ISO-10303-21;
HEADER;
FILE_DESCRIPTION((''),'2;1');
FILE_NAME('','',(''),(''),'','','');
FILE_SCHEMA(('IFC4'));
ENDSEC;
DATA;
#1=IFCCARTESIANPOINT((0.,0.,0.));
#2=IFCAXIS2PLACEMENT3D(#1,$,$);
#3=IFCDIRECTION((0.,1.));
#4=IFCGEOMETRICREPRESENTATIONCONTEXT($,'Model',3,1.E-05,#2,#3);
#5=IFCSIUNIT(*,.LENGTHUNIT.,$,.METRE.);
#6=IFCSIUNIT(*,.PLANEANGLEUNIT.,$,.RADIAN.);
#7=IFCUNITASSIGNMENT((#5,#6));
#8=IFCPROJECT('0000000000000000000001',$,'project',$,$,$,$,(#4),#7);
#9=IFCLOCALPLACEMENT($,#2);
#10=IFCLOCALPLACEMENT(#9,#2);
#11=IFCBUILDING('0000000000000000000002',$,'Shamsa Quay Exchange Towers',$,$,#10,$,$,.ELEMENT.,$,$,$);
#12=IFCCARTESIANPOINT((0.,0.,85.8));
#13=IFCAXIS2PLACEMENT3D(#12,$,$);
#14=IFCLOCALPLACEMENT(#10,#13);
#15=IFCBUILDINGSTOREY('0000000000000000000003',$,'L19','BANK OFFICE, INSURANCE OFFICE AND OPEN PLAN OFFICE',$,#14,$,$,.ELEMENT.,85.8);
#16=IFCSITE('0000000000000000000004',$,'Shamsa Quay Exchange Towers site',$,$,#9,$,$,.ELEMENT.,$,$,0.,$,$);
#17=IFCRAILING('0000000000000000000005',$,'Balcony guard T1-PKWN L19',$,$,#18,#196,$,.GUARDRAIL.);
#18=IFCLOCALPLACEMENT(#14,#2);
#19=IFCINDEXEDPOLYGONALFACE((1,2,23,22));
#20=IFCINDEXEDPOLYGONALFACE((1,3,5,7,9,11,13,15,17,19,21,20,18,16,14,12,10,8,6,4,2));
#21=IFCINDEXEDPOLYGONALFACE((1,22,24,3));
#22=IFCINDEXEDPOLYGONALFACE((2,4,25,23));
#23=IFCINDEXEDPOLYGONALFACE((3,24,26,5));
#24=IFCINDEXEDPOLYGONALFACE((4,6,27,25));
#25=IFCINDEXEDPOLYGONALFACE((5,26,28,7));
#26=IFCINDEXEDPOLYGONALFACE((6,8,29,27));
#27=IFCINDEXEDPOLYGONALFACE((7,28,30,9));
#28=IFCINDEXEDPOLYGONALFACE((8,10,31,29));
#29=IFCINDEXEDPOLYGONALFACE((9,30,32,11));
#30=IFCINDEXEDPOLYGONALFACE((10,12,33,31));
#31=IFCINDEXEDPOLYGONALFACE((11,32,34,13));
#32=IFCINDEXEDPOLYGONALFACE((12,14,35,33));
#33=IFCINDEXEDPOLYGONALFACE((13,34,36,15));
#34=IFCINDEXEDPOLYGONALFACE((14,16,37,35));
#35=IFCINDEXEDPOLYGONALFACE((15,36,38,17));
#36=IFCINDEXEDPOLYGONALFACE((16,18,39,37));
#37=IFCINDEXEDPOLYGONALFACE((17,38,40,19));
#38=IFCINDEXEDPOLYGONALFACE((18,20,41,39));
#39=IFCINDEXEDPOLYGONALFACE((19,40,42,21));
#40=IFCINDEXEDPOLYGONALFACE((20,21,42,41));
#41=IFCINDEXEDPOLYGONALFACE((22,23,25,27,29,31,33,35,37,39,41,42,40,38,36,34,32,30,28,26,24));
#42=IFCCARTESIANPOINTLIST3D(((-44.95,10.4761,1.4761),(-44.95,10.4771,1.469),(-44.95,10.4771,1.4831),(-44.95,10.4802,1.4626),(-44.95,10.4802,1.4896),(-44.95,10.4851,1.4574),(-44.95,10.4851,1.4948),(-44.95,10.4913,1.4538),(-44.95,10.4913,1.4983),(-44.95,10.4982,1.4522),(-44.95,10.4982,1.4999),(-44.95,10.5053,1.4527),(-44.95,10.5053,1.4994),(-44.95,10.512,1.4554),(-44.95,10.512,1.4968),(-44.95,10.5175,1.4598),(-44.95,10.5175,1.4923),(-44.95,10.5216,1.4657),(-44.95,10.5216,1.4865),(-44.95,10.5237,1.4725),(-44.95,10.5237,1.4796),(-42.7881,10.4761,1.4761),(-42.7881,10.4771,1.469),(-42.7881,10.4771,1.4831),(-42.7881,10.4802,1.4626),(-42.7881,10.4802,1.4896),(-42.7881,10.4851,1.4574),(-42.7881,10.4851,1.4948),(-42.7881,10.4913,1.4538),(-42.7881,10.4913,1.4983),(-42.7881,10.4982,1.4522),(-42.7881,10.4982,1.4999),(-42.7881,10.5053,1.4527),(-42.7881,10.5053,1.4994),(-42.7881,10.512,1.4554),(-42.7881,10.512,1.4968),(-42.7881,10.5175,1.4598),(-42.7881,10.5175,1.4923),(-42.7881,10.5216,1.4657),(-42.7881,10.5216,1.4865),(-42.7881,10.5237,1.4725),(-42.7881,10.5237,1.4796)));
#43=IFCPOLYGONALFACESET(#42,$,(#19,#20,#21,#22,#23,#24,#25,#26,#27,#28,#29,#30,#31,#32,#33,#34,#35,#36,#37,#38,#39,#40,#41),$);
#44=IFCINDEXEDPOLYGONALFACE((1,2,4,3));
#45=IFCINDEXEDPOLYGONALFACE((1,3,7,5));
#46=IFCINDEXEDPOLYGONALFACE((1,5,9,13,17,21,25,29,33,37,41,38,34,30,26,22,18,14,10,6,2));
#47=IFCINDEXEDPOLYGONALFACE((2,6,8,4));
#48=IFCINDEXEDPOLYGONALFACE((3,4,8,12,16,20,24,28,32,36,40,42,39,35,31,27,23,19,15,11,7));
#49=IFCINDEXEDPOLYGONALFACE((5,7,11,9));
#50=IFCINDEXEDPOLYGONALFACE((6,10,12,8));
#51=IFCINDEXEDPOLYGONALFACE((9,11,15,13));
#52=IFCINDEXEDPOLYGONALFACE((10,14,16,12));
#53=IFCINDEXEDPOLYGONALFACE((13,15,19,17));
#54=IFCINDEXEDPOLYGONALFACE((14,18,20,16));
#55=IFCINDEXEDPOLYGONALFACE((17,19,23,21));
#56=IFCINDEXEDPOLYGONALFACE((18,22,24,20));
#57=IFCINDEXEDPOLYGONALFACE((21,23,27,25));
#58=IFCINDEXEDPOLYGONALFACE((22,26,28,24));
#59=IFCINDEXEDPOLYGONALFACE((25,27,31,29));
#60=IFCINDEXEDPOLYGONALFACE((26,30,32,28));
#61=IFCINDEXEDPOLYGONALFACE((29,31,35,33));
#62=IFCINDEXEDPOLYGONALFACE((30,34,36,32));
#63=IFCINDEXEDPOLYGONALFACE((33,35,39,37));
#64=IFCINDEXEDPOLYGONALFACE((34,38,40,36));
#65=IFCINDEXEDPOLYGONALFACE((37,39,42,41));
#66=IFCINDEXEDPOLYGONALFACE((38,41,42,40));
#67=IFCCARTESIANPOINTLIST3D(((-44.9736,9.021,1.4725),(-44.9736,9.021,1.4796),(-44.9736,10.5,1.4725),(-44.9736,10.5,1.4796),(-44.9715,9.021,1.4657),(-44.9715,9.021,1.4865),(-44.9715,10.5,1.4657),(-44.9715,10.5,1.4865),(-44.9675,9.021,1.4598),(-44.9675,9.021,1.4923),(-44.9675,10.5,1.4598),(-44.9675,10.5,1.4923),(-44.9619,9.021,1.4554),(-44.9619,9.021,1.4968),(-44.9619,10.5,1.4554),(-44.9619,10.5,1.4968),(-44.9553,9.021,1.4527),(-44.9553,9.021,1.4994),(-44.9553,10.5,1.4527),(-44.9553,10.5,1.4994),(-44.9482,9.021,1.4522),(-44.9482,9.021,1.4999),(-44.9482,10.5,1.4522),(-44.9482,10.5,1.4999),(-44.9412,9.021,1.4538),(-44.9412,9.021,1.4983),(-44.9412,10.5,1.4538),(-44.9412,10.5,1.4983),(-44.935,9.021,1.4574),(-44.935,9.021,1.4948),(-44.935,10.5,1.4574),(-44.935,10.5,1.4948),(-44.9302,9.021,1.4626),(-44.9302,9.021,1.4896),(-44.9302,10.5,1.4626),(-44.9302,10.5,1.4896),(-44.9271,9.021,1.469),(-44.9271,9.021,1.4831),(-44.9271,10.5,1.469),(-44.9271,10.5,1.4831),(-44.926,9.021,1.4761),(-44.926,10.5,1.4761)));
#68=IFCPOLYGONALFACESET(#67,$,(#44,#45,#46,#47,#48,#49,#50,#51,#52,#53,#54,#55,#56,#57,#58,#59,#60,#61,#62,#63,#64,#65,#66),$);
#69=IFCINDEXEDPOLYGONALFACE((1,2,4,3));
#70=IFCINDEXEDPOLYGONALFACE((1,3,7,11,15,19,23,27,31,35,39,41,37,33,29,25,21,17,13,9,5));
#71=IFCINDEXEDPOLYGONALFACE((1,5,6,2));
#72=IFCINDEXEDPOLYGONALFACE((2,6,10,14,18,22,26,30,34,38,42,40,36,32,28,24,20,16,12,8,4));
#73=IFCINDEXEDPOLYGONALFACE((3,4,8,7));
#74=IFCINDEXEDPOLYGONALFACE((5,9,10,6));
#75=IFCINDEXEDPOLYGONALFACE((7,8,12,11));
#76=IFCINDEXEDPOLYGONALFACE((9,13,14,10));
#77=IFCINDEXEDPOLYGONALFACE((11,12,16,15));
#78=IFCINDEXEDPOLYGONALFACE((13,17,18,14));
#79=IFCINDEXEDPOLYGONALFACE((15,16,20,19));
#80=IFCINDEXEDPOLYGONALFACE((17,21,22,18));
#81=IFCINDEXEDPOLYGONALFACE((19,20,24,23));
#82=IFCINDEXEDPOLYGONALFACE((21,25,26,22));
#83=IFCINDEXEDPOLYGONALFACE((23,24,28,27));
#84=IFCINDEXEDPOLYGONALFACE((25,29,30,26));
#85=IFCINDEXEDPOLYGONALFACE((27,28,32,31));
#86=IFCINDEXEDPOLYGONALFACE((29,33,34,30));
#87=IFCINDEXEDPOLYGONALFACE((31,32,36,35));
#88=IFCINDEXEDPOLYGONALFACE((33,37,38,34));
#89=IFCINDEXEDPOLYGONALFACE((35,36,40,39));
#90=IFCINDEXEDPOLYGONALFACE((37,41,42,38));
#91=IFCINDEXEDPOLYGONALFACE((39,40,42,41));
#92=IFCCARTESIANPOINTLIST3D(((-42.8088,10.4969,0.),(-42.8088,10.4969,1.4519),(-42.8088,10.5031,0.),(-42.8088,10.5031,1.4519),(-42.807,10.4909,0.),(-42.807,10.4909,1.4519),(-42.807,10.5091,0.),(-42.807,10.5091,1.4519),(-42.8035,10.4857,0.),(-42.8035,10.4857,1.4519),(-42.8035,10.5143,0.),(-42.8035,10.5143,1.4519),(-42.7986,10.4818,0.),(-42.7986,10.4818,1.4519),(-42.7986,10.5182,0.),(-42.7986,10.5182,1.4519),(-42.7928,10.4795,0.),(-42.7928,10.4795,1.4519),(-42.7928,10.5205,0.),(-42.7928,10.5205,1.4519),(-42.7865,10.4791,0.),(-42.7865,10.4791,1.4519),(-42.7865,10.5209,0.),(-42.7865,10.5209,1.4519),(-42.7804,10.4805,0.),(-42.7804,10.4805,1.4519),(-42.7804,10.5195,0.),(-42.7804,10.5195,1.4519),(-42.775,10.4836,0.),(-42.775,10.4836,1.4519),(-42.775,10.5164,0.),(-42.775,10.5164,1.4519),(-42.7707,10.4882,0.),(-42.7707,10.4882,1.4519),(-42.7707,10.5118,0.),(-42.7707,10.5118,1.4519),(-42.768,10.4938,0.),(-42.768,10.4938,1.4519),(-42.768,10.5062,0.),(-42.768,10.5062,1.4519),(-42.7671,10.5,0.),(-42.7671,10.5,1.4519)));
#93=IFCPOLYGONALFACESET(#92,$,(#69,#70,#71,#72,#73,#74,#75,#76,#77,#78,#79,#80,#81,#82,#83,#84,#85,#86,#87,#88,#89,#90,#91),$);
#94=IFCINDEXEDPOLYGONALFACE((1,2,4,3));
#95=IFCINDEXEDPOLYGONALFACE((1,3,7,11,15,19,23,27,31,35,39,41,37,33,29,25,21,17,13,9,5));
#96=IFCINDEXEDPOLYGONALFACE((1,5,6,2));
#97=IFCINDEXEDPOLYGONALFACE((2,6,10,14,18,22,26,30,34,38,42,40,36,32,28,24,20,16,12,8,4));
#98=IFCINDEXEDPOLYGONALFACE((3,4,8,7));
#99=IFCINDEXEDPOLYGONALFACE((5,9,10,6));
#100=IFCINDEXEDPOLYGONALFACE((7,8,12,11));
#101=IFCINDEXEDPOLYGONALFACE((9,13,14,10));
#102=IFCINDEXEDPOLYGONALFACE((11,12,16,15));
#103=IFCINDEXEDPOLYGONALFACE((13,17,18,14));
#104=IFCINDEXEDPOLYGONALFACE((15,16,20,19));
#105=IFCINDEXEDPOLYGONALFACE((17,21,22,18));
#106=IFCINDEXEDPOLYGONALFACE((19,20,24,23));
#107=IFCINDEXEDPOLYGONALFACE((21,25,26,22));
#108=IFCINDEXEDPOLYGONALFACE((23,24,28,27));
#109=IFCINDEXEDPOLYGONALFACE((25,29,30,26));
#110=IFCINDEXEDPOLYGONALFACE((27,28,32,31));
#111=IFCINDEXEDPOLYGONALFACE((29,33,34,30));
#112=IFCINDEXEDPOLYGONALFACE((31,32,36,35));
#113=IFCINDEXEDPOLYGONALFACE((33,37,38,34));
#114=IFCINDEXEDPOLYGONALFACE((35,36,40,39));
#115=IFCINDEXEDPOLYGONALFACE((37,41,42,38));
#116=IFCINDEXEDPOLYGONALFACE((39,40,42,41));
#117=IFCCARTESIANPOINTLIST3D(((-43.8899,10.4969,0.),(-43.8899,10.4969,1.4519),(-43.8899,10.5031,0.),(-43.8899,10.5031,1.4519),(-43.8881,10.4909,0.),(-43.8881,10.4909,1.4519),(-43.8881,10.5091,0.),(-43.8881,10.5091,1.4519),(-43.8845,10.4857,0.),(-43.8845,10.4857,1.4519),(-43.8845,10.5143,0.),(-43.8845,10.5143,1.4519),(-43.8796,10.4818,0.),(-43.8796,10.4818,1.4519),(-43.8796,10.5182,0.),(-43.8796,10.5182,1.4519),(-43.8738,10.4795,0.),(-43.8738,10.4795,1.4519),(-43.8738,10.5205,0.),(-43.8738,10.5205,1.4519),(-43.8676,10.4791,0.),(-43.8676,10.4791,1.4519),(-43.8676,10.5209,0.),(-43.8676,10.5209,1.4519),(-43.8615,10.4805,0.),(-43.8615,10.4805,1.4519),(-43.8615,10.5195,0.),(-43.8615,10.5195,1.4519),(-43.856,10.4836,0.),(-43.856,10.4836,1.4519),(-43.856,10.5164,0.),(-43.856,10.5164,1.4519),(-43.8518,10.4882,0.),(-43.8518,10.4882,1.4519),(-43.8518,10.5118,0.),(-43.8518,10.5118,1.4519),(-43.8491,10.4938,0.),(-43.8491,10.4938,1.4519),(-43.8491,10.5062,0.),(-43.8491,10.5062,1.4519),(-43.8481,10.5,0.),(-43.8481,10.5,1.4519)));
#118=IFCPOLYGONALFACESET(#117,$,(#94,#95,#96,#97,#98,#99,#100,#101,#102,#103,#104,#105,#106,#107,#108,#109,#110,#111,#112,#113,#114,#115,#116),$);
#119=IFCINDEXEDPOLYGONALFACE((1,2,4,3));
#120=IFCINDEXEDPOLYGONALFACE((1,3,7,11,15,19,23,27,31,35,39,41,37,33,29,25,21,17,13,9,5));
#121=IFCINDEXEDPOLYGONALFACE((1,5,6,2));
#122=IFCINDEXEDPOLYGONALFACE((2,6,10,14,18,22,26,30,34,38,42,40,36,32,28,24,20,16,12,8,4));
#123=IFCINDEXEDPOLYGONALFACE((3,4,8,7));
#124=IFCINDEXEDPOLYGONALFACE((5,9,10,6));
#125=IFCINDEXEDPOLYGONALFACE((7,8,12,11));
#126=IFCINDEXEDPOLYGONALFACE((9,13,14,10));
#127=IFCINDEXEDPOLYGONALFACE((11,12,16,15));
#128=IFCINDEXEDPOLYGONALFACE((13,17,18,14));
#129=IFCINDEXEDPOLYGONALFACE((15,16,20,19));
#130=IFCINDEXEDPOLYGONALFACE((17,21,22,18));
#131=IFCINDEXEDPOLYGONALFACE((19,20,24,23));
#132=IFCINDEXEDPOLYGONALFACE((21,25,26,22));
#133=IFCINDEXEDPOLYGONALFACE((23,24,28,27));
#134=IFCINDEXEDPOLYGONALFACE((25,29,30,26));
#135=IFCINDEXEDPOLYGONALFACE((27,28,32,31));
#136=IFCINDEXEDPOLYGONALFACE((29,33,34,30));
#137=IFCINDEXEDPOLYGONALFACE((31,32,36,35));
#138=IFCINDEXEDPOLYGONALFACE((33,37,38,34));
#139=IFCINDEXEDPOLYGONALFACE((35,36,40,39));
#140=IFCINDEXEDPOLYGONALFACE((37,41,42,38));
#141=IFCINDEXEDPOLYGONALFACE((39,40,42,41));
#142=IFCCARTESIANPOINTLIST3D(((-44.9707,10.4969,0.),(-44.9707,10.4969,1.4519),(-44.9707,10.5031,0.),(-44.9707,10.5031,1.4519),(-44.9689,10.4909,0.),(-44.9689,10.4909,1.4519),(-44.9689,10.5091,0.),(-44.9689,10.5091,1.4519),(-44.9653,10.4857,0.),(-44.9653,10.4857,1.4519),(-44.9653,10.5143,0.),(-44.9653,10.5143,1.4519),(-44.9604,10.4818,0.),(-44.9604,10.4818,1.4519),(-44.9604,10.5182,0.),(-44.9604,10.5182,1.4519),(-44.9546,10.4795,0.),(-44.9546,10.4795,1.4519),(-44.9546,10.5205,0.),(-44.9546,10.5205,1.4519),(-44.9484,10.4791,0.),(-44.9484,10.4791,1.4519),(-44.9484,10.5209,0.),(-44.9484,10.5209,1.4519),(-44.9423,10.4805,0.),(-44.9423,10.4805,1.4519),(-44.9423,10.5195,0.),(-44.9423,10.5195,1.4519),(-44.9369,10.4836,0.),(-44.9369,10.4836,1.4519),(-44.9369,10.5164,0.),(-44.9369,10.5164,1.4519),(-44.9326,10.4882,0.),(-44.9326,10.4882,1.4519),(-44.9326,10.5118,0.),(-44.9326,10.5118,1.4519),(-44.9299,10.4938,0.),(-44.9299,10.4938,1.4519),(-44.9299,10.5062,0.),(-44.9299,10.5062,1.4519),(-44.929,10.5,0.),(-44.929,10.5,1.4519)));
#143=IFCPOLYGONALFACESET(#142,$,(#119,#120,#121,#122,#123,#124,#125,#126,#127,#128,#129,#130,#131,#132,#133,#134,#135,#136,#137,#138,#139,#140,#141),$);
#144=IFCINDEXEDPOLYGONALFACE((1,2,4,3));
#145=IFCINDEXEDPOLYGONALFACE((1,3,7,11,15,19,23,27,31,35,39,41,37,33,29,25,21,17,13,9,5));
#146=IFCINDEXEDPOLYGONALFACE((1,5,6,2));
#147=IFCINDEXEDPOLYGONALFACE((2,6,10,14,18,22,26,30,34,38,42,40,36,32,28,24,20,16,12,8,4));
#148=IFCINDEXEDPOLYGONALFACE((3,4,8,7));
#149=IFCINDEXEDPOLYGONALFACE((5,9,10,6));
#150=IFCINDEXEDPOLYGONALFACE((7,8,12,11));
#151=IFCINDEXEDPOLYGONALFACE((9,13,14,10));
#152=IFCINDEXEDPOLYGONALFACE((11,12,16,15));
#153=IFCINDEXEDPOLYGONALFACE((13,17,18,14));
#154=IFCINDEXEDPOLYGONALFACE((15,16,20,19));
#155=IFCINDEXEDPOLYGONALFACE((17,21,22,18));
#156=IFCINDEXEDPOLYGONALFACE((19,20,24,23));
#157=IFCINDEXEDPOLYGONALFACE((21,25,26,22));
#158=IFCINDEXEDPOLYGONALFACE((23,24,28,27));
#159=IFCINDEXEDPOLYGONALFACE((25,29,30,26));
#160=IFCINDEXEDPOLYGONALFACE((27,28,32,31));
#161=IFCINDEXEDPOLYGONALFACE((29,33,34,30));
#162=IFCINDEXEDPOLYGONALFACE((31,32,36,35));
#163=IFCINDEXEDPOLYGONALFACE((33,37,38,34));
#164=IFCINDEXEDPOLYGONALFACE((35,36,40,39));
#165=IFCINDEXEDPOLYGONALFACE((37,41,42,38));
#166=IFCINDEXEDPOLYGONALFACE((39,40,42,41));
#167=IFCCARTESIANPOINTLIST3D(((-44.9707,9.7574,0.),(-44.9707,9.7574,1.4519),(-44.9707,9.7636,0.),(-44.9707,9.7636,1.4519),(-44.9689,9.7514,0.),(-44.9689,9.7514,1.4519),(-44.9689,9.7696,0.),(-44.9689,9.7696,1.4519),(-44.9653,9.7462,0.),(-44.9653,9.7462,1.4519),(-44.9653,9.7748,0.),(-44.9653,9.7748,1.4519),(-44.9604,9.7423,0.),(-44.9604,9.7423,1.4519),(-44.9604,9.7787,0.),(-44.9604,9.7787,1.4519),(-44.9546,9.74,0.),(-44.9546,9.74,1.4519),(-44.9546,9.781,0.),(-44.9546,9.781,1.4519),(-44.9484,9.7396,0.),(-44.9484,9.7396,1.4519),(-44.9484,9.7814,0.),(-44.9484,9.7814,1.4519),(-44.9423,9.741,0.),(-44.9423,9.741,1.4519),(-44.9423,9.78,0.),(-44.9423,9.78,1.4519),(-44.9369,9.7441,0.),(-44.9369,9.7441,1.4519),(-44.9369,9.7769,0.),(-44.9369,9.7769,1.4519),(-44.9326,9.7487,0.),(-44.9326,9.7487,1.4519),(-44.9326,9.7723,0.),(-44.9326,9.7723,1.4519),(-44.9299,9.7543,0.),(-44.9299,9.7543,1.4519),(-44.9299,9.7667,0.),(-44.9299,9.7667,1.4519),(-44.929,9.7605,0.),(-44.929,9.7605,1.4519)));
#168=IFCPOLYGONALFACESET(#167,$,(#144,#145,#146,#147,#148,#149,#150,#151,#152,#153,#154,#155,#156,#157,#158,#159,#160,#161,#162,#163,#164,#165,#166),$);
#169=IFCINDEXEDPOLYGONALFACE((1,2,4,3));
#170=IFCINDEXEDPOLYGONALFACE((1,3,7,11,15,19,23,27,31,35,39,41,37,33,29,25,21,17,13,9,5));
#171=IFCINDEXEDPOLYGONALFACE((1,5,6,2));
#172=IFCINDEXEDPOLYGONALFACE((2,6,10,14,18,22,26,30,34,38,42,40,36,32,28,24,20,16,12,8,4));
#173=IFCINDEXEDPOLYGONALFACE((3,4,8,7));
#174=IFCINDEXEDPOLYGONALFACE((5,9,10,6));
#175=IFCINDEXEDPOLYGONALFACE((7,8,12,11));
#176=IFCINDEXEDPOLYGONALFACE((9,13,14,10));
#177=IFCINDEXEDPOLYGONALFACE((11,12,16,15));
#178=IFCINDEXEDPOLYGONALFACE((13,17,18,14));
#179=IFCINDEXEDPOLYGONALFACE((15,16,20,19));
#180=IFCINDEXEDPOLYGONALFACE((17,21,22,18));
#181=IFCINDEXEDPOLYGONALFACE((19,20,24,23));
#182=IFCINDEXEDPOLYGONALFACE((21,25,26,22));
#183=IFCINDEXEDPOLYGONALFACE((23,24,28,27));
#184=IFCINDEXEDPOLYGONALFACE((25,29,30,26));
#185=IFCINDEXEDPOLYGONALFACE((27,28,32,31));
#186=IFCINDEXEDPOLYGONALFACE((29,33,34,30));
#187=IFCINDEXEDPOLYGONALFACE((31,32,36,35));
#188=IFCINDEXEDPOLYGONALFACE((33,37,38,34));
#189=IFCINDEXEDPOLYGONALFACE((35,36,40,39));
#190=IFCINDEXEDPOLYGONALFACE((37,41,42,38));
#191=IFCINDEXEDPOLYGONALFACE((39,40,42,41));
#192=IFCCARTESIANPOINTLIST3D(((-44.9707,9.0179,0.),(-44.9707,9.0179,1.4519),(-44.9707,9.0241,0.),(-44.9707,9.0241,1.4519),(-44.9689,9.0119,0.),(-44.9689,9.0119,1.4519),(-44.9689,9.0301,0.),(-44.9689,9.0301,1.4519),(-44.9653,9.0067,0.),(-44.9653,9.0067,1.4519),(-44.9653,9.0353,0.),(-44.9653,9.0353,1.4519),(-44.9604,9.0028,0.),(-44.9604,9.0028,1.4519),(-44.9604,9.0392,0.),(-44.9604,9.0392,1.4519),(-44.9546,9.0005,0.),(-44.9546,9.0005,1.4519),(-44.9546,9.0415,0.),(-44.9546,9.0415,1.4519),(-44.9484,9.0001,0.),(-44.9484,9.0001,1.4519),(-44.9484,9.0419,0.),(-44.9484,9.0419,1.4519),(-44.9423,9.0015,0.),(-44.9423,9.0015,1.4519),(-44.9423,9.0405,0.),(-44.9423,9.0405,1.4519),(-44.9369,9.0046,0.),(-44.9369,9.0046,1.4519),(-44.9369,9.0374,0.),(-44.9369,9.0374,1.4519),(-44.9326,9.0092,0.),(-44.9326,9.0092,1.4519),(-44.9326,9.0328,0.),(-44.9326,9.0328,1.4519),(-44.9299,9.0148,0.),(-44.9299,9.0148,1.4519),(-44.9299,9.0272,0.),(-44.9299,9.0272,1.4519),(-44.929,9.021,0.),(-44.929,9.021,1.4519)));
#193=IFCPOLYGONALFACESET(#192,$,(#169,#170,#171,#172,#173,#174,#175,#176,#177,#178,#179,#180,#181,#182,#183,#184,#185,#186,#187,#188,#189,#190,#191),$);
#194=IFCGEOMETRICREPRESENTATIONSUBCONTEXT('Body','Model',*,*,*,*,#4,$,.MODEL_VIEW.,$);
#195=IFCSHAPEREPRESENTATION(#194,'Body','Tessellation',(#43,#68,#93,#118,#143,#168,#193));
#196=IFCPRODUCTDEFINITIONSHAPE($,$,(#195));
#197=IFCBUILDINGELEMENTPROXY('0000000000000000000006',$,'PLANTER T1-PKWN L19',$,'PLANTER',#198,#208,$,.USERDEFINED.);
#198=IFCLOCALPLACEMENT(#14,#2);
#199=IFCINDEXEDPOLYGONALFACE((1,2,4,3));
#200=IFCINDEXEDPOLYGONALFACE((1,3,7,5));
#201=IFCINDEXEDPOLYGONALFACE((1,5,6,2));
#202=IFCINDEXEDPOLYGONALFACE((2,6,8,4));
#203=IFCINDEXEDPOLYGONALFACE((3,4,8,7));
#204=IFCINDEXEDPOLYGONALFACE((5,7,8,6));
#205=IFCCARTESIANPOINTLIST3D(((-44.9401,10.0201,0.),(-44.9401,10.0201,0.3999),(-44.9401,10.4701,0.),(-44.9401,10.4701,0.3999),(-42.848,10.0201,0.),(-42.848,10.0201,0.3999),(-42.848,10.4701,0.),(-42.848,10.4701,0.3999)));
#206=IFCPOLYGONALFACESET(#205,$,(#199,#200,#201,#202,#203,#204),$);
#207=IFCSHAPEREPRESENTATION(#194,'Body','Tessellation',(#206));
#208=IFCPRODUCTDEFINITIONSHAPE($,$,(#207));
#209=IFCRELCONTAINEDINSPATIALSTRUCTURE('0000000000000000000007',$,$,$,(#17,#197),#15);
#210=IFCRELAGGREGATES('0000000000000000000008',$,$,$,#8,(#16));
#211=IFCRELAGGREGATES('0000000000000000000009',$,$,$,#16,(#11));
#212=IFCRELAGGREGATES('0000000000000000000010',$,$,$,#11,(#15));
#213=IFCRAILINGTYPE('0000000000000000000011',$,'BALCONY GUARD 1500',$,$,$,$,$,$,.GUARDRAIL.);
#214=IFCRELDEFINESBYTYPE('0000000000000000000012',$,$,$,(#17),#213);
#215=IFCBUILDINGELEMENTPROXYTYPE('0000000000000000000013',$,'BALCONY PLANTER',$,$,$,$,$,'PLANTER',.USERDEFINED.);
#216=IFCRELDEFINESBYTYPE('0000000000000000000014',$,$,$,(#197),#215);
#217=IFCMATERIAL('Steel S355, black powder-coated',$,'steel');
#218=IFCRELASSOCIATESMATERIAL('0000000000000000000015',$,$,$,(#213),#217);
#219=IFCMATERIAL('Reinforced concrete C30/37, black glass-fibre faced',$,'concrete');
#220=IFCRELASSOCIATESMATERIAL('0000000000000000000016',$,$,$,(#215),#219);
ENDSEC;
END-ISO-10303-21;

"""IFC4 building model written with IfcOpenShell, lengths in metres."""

from ifc_helpers import new_model, si_unit, direction, frame, origin, origin_2d, place, context, subcontext, project, spatial, rectangle, circle, extrude, material, type_object, element, save


model = new_model("IFC4")

# Units and contexts
model_context = context("Model", 3, precision=1e-05, world=origin(), true_north=direction((0.0, 1.0)))
body_context = subcontext(model_context, "Body", "Model", "MODEL_VIEW")
ifc_project = project(units=[si_unit("LENGTHUNIT", "METRE"), si_unit("PLANEANGLEUNIT", "RADIAN")], contexts=[model_context])

# Site, building, storey
site_placement = place(None, origin())
site = spatial("IfcSite", under=ifc_project, at=site_placement, Name="Shamsa Quay Exchange Towers site", CompositionType="ELEMENT", RefElevation=0.0)
building_placement = place(site_placement, origin())
building = spatial("IfcBuilding", under=site, at=building_placement, Name="Shamsa Quay Exchange Towers", CompositionType="ELEMENT")
storey_placement = place(building_placement, frame((0.0, 0.0, 85.8)))
storey = spatial("IfcBuildingStorey", under=building, at=storey_placement, Name="L19", Description="BANK OFFICE, INSURANCE OFFICE AND OPEN PLAN OFFICE", CompositionType="ELEMENT", Elevation=85.8)

# Railing
ifc_material_1 = material(Name="Steel S355, black powder-coated", Category="steel")
railing_type_1 = type_object("IfcRailingType", Name="BALCONY GUARD 1500", PredefinedType="GUARDRAIL", material=ifc_material_1)
railing_1_placement = place(storey_placement, frame((-42.7881, 10.5, 0.0)))
element("IfcRailing", 1, at=railing_1_placement, inside=storey, type_object=railing_type_1, Name="Balcony guard T1-PKWN L19", PredefinedType="GUARDRAIL", context=body_context, shape_type="SweptSolid", body=[
    extrude(circle(Radius=0.0239, at=origin_2d()), frame((0.0, 0.0, 1.4761), z_axis=(-1.0, 0.0, 0.0), x_axis=(0.0, -1.0, 0.0)), (0.0, 0.0, 1.0), 2.1619),
    extrude(circle(Radius=0.0239, at=origin_2d()), frame((-2.1619, 0.0, 1.4761), z_axis=(0.0, -1.0, 0.0), x_axis=(1.0, 0.0, 0.0)), (0.0, 0.0, 1.0), 1.479),
    extrude(circle(Radius=0.021, at=origin_2d()), origin(), (0.0, 0.0, 1.0), 1.4519),
    extrude(circle(Radius=0.021, at=origin_2d()), frame((-1.0811, 0.0, 0.0)), (0.0, 0.0, 1.0), 1.4519),
    extrude(circle(Radius=0.021, at=origin_2d()), frame((-2.1619, 0.0, 0.0)), (0.0, 0.0, 1.0), 1.4519),
    extrude(circle(Radius=0.021, at=origin_2d()), frame((-2.1619, -0.7395, 0.0)), (0.0, 0.0, 1.0), 1.4519),
    extrude(circle(Radius=0.021, at=origin_2d()), frame((-2.1619, -1.479, 0.0)), (0.0, 0.0, 1.0), 1.4519),
])

# Building element proxy
ifc_material_2 = material(Name="Reinforced concrete C30/37, black glass-fibre faced", Category="concrete")
building_element_proxy_type = type_object("IfcBuildingElementProxyType", Name="BALCONY PLANTER", ElementType="PLANTER", PredefinedType="USERDEFINED", material=ifc_material_2)
proxy_placement = place(storey_placement, frame((-43.894, 10.2451, 0.0), z_axis=(0.0, 0.0, 1.0), x_axis=(-1.0, 0.0, 0.0)))
element("IfcBuildingElementProxy", 2, at=proxy_placement, inside=storey, type_object=building_element_proxy_type, Name="PLANTER T1-PKWN L19", ObjectType="PLANTER", PredefinedType="USERDEFINED", context=body_context, shape_type="SweptSolid", body=[
    extrude(rectangle(XDim=2.092, YDim=0.45, at=origin_2d()), origin(), (0.0, 0.0, 1.0), 0.3999),
])

save(model, "model.ifc")
